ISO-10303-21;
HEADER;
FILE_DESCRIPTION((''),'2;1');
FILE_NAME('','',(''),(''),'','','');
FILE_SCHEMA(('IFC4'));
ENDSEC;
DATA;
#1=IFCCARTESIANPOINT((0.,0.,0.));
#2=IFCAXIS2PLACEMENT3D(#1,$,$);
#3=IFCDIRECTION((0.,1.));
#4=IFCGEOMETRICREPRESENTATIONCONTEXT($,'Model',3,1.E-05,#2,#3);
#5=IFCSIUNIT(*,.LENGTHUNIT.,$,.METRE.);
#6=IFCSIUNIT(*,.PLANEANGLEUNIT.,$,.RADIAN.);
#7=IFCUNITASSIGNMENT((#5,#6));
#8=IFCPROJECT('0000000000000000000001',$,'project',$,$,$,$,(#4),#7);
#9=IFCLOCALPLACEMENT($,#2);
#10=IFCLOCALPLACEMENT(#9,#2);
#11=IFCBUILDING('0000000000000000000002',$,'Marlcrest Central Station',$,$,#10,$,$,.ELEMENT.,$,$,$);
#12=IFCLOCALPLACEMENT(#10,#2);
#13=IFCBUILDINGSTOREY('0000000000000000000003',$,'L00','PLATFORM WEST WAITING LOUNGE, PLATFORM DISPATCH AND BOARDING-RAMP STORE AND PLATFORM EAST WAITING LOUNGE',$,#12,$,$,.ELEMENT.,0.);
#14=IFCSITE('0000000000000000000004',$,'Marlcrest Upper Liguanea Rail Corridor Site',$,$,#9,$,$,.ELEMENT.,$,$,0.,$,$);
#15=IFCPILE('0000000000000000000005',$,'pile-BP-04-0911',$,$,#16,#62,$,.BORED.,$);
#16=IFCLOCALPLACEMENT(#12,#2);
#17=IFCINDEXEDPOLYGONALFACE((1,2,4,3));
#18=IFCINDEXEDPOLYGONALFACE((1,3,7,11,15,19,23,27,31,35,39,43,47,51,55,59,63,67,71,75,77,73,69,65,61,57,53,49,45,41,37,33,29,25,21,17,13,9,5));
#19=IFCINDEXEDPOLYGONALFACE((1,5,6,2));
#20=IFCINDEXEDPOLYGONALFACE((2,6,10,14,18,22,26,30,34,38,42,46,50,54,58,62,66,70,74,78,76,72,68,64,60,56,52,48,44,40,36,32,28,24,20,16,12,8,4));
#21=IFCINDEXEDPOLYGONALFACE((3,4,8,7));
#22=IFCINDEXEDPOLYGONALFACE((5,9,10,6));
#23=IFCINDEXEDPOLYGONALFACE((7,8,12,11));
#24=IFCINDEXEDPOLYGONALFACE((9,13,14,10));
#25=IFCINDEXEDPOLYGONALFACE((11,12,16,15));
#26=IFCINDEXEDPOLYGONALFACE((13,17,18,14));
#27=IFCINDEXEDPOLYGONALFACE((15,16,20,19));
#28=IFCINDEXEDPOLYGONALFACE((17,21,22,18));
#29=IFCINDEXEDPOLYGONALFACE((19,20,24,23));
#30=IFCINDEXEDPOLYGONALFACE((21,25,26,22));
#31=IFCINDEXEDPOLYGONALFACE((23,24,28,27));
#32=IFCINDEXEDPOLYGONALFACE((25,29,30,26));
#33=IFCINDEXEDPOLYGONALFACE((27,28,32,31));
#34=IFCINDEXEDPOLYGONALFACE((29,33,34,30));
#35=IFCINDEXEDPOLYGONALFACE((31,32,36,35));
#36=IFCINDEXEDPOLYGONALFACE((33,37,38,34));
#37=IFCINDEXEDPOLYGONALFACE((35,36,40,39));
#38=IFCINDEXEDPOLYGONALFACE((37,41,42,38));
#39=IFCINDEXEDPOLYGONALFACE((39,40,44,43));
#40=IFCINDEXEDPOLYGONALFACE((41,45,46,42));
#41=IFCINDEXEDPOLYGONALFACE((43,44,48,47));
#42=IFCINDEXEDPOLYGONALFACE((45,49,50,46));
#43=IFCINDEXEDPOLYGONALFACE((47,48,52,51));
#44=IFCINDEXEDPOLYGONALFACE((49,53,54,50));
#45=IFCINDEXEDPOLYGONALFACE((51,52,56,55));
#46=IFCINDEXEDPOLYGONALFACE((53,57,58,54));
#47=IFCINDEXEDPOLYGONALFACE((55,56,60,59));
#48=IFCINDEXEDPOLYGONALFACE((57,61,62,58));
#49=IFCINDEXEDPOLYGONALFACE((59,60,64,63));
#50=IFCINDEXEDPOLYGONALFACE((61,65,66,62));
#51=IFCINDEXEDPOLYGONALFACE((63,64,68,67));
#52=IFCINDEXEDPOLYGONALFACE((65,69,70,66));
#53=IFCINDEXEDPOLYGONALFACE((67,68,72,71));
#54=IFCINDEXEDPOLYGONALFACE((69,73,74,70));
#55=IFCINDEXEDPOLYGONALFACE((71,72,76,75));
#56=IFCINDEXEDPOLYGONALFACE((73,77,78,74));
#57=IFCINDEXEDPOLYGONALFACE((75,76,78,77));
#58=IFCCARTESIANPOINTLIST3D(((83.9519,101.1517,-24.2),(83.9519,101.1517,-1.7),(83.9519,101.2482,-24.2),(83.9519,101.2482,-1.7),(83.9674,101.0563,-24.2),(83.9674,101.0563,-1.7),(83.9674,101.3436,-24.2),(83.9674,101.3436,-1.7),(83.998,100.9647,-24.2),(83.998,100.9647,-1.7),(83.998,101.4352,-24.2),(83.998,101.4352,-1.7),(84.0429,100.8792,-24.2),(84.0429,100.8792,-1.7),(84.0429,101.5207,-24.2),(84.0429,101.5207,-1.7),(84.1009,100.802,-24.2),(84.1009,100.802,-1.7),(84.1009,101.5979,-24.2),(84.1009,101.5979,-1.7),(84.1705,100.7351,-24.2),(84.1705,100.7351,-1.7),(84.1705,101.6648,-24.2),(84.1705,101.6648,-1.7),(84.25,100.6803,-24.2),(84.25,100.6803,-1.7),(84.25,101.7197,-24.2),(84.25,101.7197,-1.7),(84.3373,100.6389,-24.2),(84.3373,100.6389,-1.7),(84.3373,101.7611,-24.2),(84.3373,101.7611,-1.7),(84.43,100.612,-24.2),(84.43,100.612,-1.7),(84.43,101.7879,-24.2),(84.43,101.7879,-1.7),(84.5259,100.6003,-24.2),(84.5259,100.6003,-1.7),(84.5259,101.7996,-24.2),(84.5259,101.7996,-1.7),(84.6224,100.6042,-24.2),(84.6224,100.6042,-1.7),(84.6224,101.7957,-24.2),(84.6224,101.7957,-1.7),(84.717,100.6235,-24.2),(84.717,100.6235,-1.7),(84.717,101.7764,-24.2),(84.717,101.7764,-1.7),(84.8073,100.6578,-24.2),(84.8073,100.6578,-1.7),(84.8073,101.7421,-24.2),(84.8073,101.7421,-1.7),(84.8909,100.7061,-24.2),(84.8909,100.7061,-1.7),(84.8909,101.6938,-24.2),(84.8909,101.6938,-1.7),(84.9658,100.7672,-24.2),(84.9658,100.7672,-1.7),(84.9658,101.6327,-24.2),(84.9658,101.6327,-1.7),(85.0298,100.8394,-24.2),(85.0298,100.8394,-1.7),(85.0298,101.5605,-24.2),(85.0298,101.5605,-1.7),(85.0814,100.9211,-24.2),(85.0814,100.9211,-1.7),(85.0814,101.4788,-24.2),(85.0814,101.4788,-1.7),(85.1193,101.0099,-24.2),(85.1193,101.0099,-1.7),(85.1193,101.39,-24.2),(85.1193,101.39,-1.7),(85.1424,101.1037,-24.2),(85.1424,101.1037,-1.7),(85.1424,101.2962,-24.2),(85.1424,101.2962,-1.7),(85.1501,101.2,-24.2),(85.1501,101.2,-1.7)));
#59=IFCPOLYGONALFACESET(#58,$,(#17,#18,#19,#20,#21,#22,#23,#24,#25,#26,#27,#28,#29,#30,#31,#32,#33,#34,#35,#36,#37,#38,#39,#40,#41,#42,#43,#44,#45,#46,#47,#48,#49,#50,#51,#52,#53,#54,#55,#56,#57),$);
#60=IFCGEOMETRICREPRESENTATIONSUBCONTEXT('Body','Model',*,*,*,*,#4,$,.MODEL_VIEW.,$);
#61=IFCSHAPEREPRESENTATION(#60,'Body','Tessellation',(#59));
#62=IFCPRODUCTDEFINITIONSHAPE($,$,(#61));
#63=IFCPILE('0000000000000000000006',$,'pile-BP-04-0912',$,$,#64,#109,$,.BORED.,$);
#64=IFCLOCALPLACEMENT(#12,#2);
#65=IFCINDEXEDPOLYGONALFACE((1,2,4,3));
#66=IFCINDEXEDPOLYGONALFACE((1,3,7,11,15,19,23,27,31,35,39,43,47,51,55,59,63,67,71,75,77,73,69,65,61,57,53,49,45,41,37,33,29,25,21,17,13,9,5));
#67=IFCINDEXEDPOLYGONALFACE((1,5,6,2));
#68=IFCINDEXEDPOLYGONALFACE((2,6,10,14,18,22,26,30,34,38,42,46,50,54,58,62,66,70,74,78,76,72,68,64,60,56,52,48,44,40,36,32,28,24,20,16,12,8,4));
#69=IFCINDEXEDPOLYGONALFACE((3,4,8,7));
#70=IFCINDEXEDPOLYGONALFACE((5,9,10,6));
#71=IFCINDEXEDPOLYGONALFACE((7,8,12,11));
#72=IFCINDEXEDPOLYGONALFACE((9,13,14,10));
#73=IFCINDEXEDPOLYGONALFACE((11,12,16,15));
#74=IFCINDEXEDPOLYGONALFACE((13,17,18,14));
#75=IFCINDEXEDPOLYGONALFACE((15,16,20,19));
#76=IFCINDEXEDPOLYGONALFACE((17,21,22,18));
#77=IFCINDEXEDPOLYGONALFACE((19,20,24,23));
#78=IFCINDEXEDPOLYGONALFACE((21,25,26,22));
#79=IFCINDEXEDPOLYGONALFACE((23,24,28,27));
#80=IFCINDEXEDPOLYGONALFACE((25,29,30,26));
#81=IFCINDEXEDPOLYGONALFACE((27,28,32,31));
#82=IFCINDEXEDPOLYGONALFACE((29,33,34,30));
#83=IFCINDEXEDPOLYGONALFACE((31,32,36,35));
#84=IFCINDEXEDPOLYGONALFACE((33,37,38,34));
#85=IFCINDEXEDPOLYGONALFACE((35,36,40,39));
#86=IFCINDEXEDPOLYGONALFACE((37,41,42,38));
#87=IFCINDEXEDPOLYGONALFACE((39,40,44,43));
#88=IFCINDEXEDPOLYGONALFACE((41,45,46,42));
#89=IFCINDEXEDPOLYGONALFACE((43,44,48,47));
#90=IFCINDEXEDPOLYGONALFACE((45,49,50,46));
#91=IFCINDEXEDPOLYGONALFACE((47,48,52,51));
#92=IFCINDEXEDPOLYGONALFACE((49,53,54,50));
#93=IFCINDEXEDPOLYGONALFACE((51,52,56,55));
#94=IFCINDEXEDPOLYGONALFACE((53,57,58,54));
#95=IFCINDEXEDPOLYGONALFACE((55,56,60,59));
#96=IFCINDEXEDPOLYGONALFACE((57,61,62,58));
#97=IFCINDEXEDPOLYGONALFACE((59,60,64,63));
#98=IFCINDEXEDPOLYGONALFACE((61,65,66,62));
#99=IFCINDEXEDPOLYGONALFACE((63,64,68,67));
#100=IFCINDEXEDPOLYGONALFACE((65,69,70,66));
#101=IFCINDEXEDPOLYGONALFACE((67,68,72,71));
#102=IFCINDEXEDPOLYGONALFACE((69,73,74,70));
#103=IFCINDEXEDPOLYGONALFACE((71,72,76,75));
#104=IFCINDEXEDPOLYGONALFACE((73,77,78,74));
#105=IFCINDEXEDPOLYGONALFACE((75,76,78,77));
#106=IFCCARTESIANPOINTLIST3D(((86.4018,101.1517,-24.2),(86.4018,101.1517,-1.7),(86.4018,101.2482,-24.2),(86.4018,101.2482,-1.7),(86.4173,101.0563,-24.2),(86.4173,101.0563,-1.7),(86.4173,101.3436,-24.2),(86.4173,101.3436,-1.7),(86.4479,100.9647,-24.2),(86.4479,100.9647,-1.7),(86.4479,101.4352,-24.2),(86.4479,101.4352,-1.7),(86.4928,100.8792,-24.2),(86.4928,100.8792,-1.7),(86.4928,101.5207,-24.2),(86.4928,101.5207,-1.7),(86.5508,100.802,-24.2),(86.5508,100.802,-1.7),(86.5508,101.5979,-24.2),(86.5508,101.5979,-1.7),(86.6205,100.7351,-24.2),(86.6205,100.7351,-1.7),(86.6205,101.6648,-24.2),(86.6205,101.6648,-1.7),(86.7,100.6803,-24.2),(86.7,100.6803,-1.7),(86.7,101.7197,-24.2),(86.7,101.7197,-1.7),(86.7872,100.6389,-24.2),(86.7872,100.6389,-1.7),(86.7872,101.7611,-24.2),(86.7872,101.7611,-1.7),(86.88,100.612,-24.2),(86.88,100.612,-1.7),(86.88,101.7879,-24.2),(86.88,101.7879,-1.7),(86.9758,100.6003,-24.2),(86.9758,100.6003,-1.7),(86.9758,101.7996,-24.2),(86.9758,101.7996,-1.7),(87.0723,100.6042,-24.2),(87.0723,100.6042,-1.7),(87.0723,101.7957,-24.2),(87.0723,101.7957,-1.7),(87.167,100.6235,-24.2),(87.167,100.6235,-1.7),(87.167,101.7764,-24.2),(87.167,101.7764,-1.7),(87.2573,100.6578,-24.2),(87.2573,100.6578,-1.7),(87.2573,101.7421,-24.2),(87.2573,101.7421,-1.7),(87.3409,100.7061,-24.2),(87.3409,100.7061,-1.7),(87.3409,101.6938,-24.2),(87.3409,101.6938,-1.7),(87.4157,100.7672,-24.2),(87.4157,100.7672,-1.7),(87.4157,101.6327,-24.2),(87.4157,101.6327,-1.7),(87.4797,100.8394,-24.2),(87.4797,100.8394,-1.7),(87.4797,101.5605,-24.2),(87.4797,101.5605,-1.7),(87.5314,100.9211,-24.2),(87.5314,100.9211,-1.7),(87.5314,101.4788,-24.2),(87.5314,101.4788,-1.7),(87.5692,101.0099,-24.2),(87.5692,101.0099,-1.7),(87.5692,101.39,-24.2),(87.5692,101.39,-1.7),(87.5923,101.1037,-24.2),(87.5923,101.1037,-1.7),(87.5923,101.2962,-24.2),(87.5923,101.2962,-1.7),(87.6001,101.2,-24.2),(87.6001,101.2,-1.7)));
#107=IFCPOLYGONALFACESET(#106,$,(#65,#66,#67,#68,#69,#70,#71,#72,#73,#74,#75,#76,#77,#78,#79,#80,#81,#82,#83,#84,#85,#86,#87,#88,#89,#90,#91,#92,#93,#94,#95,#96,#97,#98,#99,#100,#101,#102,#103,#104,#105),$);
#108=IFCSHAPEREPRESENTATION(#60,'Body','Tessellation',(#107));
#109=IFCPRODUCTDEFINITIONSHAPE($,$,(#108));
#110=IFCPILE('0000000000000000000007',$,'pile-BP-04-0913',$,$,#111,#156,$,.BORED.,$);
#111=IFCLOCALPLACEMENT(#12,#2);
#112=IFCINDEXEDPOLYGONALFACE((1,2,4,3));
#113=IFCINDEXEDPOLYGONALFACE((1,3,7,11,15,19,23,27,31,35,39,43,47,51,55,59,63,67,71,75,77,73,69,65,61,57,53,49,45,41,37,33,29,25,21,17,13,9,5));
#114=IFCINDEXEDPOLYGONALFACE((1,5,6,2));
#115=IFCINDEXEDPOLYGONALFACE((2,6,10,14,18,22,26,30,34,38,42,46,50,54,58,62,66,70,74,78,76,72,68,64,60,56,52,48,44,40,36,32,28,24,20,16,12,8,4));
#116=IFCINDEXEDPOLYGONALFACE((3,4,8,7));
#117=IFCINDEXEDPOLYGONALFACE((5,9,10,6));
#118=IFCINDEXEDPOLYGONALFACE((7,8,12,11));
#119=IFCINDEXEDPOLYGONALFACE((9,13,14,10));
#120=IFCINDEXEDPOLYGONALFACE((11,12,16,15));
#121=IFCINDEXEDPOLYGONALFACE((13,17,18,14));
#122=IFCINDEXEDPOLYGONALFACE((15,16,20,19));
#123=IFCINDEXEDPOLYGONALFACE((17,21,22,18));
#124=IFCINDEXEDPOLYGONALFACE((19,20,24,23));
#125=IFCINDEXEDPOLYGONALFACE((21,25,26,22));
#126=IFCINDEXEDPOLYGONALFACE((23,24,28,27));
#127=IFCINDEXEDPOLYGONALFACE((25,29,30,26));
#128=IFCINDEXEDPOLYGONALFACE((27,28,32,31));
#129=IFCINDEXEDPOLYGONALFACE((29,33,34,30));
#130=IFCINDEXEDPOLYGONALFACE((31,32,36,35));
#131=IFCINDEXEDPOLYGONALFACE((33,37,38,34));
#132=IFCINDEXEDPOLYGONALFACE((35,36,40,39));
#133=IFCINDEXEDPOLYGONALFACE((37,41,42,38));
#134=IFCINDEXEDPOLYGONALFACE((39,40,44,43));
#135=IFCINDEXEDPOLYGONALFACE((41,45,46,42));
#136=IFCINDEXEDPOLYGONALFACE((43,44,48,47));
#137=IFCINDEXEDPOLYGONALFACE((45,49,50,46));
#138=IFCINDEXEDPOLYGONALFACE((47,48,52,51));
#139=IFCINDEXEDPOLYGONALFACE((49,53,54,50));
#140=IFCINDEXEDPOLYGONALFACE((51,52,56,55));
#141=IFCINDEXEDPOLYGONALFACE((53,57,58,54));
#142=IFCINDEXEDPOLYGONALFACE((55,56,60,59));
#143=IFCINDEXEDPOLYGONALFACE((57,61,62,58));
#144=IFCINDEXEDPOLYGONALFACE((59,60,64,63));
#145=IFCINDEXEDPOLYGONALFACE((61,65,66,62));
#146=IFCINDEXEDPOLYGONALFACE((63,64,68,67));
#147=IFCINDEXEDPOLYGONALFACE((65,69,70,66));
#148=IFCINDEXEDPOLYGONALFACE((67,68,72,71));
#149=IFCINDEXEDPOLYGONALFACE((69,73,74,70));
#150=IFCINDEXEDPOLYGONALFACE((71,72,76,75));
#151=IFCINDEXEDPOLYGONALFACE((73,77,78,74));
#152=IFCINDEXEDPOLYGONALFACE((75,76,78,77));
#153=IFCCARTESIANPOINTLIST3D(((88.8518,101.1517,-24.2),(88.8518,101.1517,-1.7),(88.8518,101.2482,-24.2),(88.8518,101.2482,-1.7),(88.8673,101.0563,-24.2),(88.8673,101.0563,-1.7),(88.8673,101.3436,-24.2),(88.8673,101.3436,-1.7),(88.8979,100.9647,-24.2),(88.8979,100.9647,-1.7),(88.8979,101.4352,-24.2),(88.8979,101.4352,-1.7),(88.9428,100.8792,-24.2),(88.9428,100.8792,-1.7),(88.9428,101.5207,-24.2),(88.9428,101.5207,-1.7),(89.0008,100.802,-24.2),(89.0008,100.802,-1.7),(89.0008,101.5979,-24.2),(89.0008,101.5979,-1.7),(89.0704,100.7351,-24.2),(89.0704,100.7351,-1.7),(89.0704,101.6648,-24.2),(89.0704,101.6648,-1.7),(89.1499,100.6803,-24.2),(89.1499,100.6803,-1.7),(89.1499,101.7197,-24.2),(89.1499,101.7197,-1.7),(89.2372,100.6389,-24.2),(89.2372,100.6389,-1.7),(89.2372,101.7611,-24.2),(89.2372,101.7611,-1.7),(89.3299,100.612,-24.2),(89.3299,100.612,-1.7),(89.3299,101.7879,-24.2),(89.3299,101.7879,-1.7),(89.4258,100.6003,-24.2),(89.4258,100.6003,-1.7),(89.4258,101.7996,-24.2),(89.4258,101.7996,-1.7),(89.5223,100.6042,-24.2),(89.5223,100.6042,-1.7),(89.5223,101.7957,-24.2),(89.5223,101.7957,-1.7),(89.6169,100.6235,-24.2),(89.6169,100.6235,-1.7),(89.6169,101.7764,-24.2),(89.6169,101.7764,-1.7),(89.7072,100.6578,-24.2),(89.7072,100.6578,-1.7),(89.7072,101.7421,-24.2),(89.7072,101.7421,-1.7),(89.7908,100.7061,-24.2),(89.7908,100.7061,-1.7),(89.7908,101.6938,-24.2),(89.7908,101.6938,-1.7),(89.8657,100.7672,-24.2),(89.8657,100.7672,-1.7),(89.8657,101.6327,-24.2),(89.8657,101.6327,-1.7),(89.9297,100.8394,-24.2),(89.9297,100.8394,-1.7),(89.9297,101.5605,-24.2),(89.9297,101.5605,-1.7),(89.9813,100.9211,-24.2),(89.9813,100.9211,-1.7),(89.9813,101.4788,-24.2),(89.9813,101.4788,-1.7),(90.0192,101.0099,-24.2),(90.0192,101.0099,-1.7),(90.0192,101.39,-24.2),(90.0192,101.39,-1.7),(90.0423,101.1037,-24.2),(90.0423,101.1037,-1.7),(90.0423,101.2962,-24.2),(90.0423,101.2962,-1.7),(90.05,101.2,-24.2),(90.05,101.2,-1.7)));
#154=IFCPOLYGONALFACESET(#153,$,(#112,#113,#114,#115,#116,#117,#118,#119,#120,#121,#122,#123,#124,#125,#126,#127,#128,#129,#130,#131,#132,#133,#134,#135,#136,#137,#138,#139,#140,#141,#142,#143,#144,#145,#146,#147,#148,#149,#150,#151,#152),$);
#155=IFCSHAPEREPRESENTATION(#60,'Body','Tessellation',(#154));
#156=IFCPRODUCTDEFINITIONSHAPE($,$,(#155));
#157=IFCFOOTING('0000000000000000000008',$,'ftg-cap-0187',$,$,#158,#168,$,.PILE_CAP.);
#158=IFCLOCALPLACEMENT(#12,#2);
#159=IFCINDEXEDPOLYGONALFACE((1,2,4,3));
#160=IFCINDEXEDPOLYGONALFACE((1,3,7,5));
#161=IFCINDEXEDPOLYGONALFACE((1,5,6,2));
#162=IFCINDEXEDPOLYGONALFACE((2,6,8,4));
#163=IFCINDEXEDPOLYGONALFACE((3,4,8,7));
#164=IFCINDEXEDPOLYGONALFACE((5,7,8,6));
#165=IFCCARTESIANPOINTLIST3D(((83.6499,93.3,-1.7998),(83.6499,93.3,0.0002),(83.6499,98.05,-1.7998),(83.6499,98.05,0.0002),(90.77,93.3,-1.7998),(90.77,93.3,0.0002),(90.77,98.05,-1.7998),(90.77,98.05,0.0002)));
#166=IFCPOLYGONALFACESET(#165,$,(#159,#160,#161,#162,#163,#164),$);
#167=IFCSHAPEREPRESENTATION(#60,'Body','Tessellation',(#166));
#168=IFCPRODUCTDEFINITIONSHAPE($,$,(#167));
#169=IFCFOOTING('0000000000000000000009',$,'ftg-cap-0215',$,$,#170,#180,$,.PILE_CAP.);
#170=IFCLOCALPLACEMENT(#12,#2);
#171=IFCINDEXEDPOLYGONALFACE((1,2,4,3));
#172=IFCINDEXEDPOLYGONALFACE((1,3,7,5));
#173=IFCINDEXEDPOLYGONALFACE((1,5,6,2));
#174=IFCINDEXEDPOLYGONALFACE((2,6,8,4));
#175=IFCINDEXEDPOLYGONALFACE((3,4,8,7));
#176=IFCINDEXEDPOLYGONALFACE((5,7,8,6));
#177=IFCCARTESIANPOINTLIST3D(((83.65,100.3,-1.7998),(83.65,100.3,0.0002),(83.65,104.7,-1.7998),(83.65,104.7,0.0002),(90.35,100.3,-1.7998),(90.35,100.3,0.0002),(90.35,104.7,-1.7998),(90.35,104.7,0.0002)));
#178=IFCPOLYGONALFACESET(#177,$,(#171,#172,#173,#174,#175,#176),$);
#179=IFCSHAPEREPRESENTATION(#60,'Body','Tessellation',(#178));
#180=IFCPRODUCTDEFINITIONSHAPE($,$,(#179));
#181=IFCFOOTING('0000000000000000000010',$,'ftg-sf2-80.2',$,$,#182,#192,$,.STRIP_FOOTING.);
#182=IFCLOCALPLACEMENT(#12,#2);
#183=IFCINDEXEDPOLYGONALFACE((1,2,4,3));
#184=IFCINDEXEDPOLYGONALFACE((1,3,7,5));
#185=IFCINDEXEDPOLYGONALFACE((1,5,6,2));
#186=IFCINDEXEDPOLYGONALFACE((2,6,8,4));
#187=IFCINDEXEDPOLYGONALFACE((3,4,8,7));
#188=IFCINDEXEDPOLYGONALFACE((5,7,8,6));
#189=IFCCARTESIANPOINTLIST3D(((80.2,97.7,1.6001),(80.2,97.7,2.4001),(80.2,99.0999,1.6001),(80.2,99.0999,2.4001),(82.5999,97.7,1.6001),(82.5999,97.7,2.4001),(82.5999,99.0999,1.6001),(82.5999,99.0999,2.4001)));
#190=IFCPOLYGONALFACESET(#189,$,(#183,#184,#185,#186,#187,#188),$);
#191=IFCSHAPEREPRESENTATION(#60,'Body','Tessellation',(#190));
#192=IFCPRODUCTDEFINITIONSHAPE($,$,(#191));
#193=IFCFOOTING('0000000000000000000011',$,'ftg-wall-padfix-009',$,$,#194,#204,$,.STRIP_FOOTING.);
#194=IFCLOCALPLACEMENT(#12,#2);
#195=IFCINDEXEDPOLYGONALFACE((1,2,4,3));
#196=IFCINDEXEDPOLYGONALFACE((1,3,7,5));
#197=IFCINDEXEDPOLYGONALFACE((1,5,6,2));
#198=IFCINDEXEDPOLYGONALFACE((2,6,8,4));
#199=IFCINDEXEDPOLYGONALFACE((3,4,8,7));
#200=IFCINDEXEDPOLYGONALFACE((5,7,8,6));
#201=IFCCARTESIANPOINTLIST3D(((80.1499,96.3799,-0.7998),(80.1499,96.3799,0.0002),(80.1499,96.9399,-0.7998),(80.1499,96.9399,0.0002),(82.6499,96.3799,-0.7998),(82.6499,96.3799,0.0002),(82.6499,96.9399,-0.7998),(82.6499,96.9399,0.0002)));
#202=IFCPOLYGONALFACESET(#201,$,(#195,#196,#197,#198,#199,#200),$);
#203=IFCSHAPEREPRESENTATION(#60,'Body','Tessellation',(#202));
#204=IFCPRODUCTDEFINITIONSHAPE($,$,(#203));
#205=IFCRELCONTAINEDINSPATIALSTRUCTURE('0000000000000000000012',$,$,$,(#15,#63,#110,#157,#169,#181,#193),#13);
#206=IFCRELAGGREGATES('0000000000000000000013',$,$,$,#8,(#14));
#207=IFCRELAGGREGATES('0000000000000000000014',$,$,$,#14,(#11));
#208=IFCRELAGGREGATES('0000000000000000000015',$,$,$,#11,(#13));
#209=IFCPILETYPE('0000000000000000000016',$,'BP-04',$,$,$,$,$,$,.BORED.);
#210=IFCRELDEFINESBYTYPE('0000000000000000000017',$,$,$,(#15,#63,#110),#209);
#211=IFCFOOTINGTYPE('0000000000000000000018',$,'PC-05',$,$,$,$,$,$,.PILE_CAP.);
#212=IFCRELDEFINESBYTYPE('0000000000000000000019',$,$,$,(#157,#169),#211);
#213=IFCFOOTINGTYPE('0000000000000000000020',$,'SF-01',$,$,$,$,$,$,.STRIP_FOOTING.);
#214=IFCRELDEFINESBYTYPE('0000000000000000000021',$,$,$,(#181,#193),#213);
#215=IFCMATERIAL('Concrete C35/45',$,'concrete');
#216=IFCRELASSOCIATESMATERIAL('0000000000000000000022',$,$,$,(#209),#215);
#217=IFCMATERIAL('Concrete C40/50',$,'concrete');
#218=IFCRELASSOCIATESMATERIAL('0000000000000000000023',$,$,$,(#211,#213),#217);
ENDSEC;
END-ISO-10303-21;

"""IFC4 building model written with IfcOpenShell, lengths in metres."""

from ifc_helpers import new_model, si_unit, direction, frame, origin, origin_2d, place, context, subcontext, project, spatial, rectangle, circle, extrude, material, material_profile, profile_set, type_object, element, save


model = new_model("IFC4")

# Units and contexts
model_context = context("Model", 3, precision=1e-05, world=origin(), true_north=direction((0.0, 1.0)))
body_context = subcontext(model_context, "Body", "Model", "MODEL_VIEW")
ifc_project = project(units=[si_unit("LENGTHUNIT", "METRE"), si_unit("PLANEANGLEUNIT", "RADIAN")], contexts=[model_context])

# Site, building, storey
site_placement = place(None, origin())
site = spatial("IfcSite", under=ifc_project, at=site_placement, Name="Marlcrest Upper Liguanea Rail Corridor Site", CompositionType="ELEMENT", RefElevation=0.0)
building_placement = place(site_placement, origin())
building = spatial("IfcBuilding", under=site, at=building_placement, Name="Marlcrest Central Station", CompositionType="ELEMENT")
storey_placement = place(building_placement, origin())
storey = spatial("IfcBuildingStorey", under=building, at=storey_placement, Name="L00", Description="PLATFORM WEST WAITING LOUNGE, PLATFORM DISPATCH AND BOARDING-RAMP STORE AND PLATFORM EAST WAITING LOUNGE", CompositionType="ELEMENT", Elevation=0.0)

# Piles
ifc_material_1 = material(Name="Concrete C35/45", Category="concrete")
ifc_material_profile_1 = material_profile(ifc_material_1, circle(Radius=0.6001, at=origin_2d()), Name="PILE D1200")
ifc_profile_set_1 = profile_set([ifc_material_profile_1], Name="Concrete C35/45")
pile_type_1 = type_object("IfcPileType", Name="BP-04", PredefinedType="BORED", material=ifc_profile_set_1)
for number, where, z_axis, x_axis, name in (
    (1, (84.55, 101.2, -1.7), (0.0, 0.0, -1.0), (1.0, 0.0, 0.0), "pile-BP-04-0911"),
    (2, (87.0, 101.2, -1.7), (0.0, 0.0, -1.0), (1.0, 0.0, 0.0), "pile-BP-04-0912"),
    (3, (89.45, 101.2, -1.7), (0.0, 0.0, -1.0), (1.0, 0.0, 0.0), "pile-BP-04-0913"),
):
    element("IfcPile", number, at=place(storey_placement, frame(where, z_axis=z_axis, x_axis=x_axis)), inside=storey, type_object=pile_type_1, Name=name, PredefinedType="BORED", context=body_context, shape_type="SweptSolid", body=[
        extrude(circle(Radius=0.6001, at=origin_2d()), origin(), (0.0, 0.0, 1.0), 22.5),
    ])

# Footings
ifc_material_2 = material(Name="Concrete C40/50", Category="concrete")
footing_type_1 = type_object("IfcFootingType", Name="PC-05", PredefinedType="PILE_CAP", material=ifc_material_2)
footing_1_placement = place(storey_placement, frame((87.21, 95.675, -1.7998), z_axis=(0.0, 0.0, 1.0), x_axis=(1.0, 0.0, 0.0)))
element("IfcFooting", 4, at=footing_1_placement, inside=storey, type_object=footing_type_1, Name="ftg-cap-0187", PredefinedType="PILE_CAP", context=body_context, shape_type="SweptSolid", body=[
    extrude(rectangle(XDim=7.1201, YDim=4.75, at=origin_2d()), origin(), (0.0, 0.0, 1.0), 1.8),
])
footing_2_placement = place(storey_placement, frame((87.0, 102.5, -1.7998), z_axis=(0.0, 0.0, 1.0), x_axis=(1.0, 0.0, 0.0)))
element("IfcFooting", 5, at=footing_2_placement, inside=storey, type_object=footing_type_1, Name="ftg-cap-0215", PredefinedType="PILE_CAP", context=body_context, shape_type="SweptSolid", body=[
    extrude(rectangle(XDim=6.7, YDim=4.3999, at=origin_2d()), origin(), (0.0, 0.0, 1.0), 1.8),
])
footing_type_2 = type_object("IfcFootingType", Name="SF-01", PredefinedType="STRIP_FOOTING", material=ifc_material_2)
footing_3_placement = place(storey_placement, frame((81.3999, 98.3999, 1.6001), z_axis=(0.0, 0.0, 1.0), x_axis=(1.0, 0.0, 0.0)))
element("IfcFooting", 6, at=footing_3_placement, inside=storey, type_object=footing_type_2, Name="ftg-sf2-80.2", PredefinedType="STRIP_FOOTING", context=body_context, shape_type="SweptSolid", body=[
    extrude(rectangle(XDim=2.3999, YDim=1.3999, at=origin_2d()), origin(), (0.0, 0.0, 1.0), 0.8),
])
footing_4_placement = place(storey_placement, frame((81.3999, 96.6599, -0.7998), z_axis=(0.0, 0.0, 1.0), x_axis=(1.0, 0.0, 0.0)))
element("IfcFooting", 7, at=footing_4_placement, inside=storey, type_object=footing_type_2, Name="ftg-wall-padfix-009", PredefinedType="STRIP_FOOTING", context=body_context, shape_type="SweptSolid", body=[
    extrude(rectangle(XDim=2.5, YDim=0.5601, at=origin_2d()), origin(), (0.0, 0.0, 1.0), 0.8),
])

save(model, "model.ifc")
